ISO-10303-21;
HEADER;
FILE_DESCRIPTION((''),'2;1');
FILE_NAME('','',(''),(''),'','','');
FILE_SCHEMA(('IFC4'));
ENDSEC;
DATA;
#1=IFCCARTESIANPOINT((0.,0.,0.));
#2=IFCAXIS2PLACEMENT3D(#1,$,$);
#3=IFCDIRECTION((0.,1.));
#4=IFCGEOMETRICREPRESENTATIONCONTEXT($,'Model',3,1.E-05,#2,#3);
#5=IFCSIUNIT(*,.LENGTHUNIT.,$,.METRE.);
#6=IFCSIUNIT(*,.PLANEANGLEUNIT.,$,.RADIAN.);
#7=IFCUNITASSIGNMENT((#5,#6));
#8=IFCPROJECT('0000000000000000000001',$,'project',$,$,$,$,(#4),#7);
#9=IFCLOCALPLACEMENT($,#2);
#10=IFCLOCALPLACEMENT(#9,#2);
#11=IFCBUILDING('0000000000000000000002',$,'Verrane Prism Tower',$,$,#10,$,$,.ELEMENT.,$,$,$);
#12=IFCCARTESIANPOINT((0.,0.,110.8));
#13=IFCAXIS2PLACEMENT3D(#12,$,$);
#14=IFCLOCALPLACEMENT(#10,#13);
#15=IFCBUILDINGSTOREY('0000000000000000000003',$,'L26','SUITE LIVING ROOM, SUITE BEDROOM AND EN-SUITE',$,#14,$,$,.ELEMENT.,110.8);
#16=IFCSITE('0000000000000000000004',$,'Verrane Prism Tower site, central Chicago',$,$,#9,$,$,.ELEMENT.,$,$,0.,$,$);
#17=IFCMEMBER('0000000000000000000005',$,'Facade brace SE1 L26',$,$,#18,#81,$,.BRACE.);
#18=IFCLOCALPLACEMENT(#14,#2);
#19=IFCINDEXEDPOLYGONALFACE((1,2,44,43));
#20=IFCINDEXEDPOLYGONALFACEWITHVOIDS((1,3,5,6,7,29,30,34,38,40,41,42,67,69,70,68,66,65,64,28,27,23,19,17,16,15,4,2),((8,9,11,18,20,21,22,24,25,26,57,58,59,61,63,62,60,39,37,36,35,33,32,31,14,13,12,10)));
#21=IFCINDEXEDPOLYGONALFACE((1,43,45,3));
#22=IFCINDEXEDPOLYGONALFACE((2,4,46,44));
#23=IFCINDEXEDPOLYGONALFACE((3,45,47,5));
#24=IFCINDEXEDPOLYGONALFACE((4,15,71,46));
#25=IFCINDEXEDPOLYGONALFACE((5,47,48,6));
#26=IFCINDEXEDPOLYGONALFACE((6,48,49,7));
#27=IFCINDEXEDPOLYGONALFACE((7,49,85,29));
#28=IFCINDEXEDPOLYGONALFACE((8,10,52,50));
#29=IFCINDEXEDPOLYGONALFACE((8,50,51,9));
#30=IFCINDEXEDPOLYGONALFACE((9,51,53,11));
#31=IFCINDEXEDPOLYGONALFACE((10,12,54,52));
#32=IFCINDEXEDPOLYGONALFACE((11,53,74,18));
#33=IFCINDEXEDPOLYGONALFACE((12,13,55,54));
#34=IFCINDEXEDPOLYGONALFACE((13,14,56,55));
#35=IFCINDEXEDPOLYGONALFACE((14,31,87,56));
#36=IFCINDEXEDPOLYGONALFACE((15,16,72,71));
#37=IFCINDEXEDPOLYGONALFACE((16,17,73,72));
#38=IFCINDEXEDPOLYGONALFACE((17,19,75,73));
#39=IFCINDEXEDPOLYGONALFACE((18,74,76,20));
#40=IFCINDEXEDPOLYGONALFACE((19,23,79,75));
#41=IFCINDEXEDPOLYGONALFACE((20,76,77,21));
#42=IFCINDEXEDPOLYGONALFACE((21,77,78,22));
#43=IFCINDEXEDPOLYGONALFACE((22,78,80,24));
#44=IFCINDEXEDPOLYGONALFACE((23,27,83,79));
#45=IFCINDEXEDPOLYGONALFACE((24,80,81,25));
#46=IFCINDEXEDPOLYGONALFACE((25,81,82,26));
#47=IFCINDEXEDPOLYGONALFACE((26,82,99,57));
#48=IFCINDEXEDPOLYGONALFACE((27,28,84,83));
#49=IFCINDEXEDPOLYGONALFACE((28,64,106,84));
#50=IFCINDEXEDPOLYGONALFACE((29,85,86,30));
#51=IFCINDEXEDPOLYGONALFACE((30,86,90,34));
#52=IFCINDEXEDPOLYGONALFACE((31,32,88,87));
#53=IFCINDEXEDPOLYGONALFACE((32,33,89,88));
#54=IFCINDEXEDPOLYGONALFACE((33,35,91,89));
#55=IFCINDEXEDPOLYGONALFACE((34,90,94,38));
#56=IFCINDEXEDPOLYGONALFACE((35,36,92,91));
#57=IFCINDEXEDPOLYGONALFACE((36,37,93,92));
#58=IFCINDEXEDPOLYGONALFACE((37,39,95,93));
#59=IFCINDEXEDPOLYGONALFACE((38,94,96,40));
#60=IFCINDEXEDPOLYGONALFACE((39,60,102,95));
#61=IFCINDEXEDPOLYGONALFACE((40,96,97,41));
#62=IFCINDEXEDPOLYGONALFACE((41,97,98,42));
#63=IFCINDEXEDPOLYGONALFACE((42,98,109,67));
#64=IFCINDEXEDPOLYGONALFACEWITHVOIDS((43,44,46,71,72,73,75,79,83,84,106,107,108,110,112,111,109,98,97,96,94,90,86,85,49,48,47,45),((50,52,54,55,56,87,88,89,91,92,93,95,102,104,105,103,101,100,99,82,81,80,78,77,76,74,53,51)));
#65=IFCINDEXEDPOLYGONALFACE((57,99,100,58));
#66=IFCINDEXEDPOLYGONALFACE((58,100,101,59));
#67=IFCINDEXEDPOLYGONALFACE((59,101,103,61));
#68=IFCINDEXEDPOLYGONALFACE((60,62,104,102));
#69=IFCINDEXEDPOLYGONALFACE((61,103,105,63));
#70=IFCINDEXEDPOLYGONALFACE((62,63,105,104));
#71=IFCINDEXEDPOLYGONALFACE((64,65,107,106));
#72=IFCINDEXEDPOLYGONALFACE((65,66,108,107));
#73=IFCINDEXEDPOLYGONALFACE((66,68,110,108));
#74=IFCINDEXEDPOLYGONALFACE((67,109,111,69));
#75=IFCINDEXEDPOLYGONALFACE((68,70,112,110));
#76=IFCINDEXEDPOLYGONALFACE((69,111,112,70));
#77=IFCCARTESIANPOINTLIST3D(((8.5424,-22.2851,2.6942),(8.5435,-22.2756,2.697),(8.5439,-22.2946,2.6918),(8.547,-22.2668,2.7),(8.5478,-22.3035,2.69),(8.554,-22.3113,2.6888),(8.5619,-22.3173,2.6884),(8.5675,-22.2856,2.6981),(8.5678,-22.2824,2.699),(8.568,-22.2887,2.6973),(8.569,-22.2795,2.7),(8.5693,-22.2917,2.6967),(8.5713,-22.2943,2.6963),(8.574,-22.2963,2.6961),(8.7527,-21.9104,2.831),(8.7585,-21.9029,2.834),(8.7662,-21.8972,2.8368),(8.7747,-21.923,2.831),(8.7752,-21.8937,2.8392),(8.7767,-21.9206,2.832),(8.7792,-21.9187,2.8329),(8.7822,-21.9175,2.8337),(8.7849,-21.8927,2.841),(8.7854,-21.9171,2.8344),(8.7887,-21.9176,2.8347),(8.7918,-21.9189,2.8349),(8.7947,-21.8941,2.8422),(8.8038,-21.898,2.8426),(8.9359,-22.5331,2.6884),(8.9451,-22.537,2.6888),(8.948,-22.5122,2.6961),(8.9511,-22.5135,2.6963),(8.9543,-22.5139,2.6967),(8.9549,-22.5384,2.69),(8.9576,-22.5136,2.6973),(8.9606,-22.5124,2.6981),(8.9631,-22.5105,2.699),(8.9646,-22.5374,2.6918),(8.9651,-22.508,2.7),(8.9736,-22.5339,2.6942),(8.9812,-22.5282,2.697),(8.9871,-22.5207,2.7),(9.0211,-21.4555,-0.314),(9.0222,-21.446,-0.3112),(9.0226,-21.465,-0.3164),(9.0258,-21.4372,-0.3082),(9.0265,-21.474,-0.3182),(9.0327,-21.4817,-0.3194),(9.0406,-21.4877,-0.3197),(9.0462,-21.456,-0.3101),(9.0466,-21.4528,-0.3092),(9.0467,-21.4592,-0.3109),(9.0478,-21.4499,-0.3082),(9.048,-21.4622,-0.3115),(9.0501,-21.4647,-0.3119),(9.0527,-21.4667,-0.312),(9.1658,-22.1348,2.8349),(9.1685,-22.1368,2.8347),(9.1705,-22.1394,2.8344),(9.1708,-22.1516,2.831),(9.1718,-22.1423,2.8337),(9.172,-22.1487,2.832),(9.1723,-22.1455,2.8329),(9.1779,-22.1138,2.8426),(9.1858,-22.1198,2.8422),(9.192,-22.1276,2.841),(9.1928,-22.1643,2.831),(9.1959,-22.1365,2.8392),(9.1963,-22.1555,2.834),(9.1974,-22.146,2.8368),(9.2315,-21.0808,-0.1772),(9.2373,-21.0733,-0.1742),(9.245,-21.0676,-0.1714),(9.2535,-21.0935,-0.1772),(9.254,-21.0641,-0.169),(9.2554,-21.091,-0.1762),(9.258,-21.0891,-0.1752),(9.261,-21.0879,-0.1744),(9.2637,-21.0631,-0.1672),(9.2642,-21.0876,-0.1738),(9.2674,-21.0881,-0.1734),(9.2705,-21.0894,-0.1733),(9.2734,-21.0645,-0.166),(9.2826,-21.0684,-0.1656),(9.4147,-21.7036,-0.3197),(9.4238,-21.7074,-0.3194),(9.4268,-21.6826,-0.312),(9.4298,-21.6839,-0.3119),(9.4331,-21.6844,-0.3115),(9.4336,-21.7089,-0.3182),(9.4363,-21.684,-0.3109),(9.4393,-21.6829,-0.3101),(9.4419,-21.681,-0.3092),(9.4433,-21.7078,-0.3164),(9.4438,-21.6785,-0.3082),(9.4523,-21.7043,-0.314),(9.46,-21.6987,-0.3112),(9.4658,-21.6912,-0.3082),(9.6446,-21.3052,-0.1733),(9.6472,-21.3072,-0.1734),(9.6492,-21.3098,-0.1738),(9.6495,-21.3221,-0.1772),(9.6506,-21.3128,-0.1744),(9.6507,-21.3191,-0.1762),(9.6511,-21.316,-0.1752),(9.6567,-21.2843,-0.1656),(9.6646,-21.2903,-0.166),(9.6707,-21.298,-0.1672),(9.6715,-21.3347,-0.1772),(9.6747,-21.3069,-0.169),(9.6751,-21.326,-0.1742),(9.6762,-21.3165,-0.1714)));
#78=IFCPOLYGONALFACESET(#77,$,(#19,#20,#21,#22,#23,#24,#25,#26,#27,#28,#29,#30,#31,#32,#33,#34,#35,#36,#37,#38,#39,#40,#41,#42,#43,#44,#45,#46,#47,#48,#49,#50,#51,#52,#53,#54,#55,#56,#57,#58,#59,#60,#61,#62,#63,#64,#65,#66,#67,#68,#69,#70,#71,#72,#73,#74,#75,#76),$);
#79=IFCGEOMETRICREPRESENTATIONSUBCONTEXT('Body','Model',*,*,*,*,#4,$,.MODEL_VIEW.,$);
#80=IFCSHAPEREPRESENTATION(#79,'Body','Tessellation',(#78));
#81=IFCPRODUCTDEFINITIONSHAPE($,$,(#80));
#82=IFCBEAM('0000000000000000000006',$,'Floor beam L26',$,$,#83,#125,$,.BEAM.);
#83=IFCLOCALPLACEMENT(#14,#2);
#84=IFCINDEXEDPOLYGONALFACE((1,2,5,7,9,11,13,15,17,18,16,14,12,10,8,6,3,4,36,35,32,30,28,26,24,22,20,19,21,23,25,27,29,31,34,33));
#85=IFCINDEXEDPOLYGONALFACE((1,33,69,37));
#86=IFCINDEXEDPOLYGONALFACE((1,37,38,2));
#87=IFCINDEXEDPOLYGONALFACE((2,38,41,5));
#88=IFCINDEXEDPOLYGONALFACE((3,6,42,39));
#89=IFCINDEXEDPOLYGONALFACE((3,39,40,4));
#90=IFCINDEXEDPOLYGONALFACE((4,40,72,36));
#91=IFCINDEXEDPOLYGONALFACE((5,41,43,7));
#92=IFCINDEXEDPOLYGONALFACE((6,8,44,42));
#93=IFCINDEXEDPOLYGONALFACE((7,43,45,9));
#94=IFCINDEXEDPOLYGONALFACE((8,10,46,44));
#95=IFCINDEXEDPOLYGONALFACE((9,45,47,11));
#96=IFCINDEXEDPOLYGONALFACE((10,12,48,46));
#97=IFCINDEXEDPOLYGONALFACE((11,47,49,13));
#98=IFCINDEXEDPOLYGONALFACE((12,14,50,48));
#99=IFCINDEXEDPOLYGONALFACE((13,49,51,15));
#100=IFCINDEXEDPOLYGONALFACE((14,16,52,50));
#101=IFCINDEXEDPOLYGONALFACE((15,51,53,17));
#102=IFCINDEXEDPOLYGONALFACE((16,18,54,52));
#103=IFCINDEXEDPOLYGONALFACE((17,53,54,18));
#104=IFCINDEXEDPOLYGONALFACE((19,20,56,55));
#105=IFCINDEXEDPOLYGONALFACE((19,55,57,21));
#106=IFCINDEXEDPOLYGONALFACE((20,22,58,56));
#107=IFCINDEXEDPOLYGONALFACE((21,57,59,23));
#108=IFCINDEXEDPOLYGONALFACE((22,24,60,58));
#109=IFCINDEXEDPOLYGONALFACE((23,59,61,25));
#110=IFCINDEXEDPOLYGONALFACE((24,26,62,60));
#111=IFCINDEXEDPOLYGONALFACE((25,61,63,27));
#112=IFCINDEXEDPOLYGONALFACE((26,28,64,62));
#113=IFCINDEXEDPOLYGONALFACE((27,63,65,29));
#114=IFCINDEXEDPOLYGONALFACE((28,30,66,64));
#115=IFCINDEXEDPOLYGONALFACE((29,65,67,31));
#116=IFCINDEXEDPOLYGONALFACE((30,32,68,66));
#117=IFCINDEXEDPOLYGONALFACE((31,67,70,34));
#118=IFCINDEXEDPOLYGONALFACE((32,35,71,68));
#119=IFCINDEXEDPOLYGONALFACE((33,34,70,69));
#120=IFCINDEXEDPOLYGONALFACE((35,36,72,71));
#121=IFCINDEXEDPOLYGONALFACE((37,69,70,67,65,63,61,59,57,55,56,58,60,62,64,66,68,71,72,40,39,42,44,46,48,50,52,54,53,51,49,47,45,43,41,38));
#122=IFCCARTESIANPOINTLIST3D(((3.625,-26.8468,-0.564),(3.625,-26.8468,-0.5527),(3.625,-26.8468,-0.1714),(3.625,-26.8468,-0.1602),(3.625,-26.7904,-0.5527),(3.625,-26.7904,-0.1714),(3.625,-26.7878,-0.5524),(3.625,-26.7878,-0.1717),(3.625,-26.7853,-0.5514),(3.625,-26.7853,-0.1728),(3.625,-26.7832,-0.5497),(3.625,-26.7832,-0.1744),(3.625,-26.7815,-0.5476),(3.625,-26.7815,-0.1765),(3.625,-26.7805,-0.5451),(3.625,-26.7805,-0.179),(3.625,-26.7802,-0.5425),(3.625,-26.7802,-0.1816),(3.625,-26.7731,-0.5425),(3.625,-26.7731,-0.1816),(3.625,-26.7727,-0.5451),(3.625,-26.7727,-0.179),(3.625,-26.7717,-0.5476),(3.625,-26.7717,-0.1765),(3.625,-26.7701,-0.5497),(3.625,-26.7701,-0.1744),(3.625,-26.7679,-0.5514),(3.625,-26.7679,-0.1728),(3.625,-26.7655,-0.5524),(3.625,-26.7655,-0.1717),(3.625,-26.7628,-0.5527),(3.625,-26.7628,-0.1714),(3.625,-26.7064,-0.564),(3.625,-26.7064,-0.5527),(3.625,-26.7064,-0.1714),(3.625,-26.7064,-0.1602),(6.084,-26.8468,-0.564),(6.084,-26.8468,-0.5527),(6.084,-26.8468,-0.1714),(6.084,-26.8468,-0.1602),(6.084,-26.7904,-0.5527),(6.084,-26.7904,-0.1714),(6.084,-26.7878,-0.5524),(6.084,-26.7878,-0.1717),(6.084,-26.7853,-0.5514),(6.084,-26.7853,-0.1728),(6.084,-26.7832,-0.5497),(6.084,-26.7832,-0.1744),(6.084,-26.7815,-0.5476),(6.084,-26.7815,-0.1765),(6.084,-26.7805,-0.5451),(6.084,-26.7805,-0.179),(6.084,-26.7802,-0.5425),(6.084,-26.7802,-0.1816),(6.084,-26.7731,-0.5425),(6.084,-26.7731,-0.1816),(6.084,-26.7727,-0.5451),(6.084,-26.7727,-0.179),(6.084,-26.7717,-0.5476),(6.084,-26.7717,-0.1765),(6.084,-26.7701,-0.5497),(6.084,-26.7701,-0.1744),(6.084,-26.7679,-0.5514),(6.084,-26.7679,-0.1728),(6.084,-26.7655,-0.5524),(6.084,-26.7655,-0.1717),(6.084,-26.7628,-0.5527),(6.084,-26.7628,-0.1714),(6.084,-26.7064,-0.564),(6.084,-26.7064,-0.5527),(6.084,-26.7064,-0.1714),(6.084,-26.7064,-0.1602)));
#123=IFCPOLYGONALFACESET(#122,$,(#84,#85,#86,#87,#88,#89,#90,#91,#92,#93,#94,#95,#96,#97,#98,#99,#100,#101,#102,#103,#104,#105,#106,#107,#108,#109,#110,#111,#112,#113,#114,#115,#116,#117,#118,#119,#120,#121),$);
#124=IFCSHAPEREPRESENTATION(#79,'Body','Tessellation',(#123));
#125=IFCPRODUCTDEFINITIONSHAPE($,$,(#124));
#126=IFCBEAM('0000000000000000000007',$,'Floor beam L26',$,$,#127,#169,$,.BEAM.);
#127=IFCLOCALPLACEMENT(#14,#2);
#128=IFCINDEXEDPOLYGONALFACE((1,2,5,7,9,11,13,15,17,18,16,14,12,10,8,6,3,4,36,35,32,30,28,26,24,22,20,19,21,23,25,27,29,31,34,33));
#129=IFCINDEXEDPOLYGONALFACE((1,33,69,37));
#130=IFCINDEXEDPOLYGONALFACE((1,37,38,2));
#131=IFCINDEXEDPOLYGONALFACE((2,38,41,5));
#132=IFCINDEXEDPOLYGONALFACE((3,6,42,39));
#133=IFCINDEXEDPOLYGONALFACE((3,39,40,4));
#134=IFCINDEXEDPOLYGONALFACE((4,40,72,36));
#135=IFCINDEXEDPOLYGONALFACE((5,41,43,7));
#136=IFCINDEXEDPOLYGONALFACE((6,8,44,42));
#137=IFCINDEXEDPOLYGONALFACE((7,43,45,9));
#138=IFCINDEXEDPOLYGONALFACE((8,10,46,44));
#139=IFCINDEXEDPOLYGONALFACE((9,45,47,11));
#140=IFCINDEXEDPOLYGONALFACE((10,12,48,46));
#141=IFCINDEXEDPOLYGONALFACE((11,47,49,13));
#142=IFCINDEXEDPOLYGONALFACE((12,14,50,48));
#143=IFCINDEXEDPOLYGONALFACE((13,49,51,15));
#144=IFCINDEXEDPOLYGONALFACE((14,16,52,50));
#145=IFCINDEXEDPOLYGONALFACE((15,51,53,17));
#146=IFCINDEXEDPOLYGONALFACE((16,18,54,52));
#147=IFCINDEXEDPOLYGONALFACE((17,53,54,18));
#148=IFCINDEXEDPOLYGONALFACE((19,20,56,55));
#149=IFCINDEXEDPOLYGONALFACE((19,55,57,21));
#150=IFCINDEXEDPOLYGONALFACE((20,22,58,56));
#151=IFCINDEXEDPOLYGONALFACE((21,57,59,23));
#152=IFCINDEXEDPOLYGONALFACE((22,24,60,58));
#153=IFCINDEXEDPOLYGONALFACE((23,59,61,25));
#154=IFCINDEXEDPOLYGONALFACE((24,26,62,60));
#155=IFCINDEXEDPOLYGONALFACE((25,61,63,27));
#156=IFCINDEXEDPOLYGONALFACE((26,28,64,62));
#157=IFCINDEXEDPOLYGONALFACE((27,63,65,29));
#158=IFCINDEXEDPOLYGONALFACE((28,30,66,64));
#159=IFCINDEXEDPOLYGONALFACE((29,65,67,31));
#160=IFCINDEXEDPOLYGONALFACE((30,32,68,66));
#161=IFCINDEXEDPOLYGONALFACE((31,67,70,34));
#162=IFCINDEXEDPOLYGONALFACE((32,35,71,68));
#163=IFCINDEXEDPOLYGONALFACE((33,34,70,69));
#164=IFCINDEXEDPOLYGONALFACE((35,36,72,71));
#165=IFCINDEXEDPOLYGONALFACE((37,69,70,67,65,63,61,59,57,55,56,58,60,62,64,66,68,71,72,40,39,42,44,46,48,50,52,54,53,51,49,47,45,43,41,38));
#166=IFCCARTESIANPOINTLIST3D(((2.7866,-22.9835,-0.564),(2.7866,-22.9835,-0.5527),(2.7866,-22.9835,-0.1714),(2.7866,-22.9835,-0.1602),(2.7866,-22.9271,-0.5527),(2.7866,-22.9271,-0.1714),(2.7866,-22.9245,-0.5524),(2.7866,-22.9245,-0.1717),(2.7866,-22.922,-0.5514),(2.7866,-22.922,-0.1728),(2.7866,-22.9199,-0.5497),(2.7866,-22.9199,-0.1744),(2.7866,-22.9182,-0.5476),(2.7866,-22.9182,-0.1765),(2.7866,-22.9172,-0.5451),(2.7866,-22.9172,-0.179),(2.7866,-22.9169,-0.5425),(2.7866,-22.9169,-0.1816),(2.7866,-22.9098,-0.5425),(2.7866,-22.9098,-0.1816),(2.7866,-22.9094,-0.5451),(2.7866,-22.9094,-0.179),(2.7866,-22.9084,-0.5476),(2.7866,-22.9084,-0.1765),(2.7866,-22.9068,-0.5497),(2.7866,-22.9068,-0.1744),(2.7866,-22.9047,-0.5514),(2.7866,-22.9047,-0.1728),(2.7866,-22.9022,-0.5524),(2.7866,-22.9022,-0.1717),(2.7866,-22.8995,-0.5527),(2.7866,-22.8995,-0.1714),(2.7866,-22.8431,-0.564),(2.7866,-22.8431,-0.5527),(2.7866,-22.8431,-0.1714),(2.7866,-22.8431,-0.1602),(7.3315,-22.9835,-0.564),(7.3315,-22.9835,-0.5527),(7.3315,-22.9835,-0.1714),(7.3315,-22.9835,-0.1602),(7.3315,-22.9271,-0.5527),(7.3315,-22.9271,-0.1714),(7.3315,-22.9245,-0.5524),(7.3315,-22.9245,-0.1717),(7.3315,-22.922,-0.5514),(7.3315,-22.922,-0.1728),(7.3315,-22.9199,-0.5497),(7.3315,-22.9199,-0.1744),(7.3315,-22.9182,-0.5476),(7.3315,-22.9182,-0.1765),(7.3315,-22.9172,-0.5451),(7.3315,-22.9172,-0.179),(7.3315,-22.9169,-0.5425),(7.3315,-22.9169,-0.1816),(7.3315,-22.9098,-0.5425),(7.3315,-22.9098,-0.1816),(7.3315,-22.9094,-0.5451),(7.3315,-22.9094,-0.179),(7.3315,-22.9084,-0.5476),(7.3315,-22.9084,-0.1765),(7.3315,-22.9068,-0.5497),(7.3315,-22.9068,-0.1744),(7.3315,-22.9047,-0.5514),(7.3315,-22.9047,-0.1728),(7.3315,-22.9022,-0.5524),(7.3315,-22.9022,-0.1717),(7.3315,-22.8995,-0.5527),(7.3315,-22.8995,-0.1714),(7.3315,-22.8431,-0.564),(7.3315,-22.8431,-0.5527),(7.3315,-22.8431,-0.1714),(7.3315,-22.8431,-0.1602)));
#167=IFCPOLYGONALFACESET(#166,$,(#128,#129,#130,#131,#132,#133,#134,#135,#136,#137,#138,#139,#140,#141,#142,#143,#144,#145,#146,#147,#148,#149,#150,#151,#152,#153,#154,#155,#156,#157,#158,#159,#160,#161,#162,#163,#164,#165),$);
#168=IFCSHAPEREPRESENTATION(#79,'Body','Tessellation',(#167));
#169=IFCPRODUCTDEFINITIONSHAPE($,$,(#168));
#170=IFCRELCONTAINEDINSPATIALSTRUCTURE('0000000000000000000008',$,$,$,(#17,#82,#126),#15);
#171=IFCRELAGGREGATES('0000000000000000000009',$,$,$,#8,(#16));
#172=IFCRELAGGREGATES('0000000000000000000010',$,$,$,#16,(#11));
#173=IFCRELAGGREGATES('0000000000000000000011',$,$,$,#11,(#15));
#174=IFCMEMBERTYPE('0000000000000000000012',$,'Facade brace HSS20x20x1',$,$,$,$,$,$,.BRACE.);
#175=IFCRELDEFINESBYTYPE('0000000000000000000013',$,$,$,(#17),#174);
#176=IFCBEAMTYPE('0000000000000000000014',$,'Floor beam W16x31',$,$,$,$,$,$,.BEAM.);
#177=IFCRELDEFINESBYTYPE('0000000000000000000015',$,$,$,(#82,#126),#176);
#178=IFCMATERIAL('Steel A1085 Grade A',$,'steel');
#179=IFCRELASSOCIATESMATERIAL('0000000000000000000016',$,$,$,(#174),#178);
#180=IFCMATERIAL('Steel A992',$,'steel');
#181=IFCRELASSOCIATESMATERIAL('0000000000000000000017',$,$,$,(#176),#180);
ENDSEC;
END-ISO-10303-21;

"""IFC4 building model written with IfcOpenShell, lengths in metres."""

from ifc_helpers import new_model, si_unit, direction, frame, origin, origin_2d, place, context, subcontext, project, spatial, hollow_rectangle, i_section, extrude, material, material_profile, profile_set, type_object, element, save


model = new_model("IFC4")

# Units and contexts
model_context = context("Model", 3, precision=1e-05, world=origin(), true_north=direction((0.0, 1.0)))
body_context = subcontext(model_context, "Body", "Model", "MODEL_VIEW")
ifc_project = project(units=[si_unit("LENGTHUNIT", "METRE"), si_unit("PLANEANGLEUNIT", "RADIAN")], contexts=[model_context])

# Site, building, storey
site_placement = place(None, origin())
site = spatial("IfcSite", under=ifc_project, at=site_placement, Name="Verrane Prism Tower site, central Chicago", CompositionType="ELEMENT", RefElevation=0.0)
building_placement = place(site_placement, origin())
building = spatial("IfcBuilding", under=site, at=building_placement, Name="Verrane Prism Tower", CompositionType="ELEMENT")
storey_placement = place(building_placement, frame((0.0, 0.0, 110.8)))
storey = spatial("IfcBuildingStorey", under=building, at=storey_placement, Name="L26", Description="SUITE LIVING ROOM, SUITE BEDROOM AND EN-SUITE", CompositionType="ELEMENT", Elevation=110.8)

# Member
ifc_material_1 = material(Name="Steel A1085 Grade A", Category="steel")
ifc_material_profile_1 = material_profile(ifc_material_1, hollow_rectangle(XDim=0.5081, YDim=0.5081, WallThickness=0.0254, InnerFilletRadius=0.0127, OuterFilletRadius=0.0381, at=origin_2d()), Name="HSS20x20x1")
ifc_profile_set_1 = profile_set([ifc_material_profile_1], Name="Steel A1085 Grade A")
member_type_1 = type_object("IfcMemberType", Name="Facade brace HSS20x20x1", PredefinedType="BRACE", material=ifc_profile_set_1)
for number, where, z_axis, x_axis, name in (
    (1, (9.3486, -21.386, -0.2427), (-0.151645, -0.262769, 0.952867), (0.866118, -0.49984, 0.0), "Facade brace SE1 L26"),
):
    element("IfcMember", number, at=place(storey_placement, frame(where, z_axis=z_axis, x_axis=x_axis)), inside=storey, type_object=member_type_1, Name=name, PredefinedType="BRACE", context=body_context, shape_type="SweptSolid", body=[
        extrude(hollow_rectangle(XDim=0.5081, YDim=0.5081, WallThickness=0.0254, InnerFilletRadius=0.0127, OuterFilletRadius=0.0381, at=origin_2d()), origin(), (0.0, 0.0, 1.0), 3.157),
    ])

# Beams
ifc_material_2 = material(Name="Steel A992", Category="steel")
ifc_material_profile_2 = material_profile(ifc_material_2, i_section(OverallWidth=0.1404, OverallDepth=0.4038, WebThickness=0.0071, FlangeThickness=0.0112, FilletRadius=0.0103, at=origin_2d()), Name="W16x31")
ifc_profile_set_2 = profile_set([ifc_material_profile_2], Name="Steel A992")
beam_type_1 = type_object("IfcBeamType", Name="Floor beam W16x31", PredefinedType="BEAM", material=ifc_profile_set_2)
beam_1_placement = place(storey_placement, frame((3.625, -26.7766, -0.3621), z_axis=(1.0, 0.0, 0.0), x_axis=(0.0, 1.0, 0.0)))
element("IfcBeam", 2, at=beam_1_placement, inside=storey, type_object=beam_type_1, Name="Floor beam L26", PredefinedType="BEAM", context=body_context, shape_type="SweptSolid", body=[
    extrude(i_section(OverallWidth=0.1404, OverallDepth=0.4038, WebThickness=0.0071, FlangeThickness=0.0112, FilletRadius=0.0103, at=origin_2d()), origin(), (0.0, 0.0, 1.0), 2.459),
])
beam_2_placement = place(storey_placement, frame((2.7866, -22.9133, -0.3621), z_axis=(1.0, 0.0, 0.0), x_axis=(0.0, 1.0, 0.0)))
element("IfcBeam", 3, at=beam_2_placement, inside=storey, type_object=beam_type_1, Name="Floor beam L26", PredefinedType="BEAM", context=body_context, shape_type="SweptSolid", body=[
    extrude(i_section(OverallWidth=0.1404, OverallDepth=0.4038, WebThickness=0.0071, FlangeThickness=0.0112, FilletRadius=0.0103, at=origin_2d()), origin(), (0.0, 0.0, 1.0), 4.5449),
])

save(model, "model.ifc")
